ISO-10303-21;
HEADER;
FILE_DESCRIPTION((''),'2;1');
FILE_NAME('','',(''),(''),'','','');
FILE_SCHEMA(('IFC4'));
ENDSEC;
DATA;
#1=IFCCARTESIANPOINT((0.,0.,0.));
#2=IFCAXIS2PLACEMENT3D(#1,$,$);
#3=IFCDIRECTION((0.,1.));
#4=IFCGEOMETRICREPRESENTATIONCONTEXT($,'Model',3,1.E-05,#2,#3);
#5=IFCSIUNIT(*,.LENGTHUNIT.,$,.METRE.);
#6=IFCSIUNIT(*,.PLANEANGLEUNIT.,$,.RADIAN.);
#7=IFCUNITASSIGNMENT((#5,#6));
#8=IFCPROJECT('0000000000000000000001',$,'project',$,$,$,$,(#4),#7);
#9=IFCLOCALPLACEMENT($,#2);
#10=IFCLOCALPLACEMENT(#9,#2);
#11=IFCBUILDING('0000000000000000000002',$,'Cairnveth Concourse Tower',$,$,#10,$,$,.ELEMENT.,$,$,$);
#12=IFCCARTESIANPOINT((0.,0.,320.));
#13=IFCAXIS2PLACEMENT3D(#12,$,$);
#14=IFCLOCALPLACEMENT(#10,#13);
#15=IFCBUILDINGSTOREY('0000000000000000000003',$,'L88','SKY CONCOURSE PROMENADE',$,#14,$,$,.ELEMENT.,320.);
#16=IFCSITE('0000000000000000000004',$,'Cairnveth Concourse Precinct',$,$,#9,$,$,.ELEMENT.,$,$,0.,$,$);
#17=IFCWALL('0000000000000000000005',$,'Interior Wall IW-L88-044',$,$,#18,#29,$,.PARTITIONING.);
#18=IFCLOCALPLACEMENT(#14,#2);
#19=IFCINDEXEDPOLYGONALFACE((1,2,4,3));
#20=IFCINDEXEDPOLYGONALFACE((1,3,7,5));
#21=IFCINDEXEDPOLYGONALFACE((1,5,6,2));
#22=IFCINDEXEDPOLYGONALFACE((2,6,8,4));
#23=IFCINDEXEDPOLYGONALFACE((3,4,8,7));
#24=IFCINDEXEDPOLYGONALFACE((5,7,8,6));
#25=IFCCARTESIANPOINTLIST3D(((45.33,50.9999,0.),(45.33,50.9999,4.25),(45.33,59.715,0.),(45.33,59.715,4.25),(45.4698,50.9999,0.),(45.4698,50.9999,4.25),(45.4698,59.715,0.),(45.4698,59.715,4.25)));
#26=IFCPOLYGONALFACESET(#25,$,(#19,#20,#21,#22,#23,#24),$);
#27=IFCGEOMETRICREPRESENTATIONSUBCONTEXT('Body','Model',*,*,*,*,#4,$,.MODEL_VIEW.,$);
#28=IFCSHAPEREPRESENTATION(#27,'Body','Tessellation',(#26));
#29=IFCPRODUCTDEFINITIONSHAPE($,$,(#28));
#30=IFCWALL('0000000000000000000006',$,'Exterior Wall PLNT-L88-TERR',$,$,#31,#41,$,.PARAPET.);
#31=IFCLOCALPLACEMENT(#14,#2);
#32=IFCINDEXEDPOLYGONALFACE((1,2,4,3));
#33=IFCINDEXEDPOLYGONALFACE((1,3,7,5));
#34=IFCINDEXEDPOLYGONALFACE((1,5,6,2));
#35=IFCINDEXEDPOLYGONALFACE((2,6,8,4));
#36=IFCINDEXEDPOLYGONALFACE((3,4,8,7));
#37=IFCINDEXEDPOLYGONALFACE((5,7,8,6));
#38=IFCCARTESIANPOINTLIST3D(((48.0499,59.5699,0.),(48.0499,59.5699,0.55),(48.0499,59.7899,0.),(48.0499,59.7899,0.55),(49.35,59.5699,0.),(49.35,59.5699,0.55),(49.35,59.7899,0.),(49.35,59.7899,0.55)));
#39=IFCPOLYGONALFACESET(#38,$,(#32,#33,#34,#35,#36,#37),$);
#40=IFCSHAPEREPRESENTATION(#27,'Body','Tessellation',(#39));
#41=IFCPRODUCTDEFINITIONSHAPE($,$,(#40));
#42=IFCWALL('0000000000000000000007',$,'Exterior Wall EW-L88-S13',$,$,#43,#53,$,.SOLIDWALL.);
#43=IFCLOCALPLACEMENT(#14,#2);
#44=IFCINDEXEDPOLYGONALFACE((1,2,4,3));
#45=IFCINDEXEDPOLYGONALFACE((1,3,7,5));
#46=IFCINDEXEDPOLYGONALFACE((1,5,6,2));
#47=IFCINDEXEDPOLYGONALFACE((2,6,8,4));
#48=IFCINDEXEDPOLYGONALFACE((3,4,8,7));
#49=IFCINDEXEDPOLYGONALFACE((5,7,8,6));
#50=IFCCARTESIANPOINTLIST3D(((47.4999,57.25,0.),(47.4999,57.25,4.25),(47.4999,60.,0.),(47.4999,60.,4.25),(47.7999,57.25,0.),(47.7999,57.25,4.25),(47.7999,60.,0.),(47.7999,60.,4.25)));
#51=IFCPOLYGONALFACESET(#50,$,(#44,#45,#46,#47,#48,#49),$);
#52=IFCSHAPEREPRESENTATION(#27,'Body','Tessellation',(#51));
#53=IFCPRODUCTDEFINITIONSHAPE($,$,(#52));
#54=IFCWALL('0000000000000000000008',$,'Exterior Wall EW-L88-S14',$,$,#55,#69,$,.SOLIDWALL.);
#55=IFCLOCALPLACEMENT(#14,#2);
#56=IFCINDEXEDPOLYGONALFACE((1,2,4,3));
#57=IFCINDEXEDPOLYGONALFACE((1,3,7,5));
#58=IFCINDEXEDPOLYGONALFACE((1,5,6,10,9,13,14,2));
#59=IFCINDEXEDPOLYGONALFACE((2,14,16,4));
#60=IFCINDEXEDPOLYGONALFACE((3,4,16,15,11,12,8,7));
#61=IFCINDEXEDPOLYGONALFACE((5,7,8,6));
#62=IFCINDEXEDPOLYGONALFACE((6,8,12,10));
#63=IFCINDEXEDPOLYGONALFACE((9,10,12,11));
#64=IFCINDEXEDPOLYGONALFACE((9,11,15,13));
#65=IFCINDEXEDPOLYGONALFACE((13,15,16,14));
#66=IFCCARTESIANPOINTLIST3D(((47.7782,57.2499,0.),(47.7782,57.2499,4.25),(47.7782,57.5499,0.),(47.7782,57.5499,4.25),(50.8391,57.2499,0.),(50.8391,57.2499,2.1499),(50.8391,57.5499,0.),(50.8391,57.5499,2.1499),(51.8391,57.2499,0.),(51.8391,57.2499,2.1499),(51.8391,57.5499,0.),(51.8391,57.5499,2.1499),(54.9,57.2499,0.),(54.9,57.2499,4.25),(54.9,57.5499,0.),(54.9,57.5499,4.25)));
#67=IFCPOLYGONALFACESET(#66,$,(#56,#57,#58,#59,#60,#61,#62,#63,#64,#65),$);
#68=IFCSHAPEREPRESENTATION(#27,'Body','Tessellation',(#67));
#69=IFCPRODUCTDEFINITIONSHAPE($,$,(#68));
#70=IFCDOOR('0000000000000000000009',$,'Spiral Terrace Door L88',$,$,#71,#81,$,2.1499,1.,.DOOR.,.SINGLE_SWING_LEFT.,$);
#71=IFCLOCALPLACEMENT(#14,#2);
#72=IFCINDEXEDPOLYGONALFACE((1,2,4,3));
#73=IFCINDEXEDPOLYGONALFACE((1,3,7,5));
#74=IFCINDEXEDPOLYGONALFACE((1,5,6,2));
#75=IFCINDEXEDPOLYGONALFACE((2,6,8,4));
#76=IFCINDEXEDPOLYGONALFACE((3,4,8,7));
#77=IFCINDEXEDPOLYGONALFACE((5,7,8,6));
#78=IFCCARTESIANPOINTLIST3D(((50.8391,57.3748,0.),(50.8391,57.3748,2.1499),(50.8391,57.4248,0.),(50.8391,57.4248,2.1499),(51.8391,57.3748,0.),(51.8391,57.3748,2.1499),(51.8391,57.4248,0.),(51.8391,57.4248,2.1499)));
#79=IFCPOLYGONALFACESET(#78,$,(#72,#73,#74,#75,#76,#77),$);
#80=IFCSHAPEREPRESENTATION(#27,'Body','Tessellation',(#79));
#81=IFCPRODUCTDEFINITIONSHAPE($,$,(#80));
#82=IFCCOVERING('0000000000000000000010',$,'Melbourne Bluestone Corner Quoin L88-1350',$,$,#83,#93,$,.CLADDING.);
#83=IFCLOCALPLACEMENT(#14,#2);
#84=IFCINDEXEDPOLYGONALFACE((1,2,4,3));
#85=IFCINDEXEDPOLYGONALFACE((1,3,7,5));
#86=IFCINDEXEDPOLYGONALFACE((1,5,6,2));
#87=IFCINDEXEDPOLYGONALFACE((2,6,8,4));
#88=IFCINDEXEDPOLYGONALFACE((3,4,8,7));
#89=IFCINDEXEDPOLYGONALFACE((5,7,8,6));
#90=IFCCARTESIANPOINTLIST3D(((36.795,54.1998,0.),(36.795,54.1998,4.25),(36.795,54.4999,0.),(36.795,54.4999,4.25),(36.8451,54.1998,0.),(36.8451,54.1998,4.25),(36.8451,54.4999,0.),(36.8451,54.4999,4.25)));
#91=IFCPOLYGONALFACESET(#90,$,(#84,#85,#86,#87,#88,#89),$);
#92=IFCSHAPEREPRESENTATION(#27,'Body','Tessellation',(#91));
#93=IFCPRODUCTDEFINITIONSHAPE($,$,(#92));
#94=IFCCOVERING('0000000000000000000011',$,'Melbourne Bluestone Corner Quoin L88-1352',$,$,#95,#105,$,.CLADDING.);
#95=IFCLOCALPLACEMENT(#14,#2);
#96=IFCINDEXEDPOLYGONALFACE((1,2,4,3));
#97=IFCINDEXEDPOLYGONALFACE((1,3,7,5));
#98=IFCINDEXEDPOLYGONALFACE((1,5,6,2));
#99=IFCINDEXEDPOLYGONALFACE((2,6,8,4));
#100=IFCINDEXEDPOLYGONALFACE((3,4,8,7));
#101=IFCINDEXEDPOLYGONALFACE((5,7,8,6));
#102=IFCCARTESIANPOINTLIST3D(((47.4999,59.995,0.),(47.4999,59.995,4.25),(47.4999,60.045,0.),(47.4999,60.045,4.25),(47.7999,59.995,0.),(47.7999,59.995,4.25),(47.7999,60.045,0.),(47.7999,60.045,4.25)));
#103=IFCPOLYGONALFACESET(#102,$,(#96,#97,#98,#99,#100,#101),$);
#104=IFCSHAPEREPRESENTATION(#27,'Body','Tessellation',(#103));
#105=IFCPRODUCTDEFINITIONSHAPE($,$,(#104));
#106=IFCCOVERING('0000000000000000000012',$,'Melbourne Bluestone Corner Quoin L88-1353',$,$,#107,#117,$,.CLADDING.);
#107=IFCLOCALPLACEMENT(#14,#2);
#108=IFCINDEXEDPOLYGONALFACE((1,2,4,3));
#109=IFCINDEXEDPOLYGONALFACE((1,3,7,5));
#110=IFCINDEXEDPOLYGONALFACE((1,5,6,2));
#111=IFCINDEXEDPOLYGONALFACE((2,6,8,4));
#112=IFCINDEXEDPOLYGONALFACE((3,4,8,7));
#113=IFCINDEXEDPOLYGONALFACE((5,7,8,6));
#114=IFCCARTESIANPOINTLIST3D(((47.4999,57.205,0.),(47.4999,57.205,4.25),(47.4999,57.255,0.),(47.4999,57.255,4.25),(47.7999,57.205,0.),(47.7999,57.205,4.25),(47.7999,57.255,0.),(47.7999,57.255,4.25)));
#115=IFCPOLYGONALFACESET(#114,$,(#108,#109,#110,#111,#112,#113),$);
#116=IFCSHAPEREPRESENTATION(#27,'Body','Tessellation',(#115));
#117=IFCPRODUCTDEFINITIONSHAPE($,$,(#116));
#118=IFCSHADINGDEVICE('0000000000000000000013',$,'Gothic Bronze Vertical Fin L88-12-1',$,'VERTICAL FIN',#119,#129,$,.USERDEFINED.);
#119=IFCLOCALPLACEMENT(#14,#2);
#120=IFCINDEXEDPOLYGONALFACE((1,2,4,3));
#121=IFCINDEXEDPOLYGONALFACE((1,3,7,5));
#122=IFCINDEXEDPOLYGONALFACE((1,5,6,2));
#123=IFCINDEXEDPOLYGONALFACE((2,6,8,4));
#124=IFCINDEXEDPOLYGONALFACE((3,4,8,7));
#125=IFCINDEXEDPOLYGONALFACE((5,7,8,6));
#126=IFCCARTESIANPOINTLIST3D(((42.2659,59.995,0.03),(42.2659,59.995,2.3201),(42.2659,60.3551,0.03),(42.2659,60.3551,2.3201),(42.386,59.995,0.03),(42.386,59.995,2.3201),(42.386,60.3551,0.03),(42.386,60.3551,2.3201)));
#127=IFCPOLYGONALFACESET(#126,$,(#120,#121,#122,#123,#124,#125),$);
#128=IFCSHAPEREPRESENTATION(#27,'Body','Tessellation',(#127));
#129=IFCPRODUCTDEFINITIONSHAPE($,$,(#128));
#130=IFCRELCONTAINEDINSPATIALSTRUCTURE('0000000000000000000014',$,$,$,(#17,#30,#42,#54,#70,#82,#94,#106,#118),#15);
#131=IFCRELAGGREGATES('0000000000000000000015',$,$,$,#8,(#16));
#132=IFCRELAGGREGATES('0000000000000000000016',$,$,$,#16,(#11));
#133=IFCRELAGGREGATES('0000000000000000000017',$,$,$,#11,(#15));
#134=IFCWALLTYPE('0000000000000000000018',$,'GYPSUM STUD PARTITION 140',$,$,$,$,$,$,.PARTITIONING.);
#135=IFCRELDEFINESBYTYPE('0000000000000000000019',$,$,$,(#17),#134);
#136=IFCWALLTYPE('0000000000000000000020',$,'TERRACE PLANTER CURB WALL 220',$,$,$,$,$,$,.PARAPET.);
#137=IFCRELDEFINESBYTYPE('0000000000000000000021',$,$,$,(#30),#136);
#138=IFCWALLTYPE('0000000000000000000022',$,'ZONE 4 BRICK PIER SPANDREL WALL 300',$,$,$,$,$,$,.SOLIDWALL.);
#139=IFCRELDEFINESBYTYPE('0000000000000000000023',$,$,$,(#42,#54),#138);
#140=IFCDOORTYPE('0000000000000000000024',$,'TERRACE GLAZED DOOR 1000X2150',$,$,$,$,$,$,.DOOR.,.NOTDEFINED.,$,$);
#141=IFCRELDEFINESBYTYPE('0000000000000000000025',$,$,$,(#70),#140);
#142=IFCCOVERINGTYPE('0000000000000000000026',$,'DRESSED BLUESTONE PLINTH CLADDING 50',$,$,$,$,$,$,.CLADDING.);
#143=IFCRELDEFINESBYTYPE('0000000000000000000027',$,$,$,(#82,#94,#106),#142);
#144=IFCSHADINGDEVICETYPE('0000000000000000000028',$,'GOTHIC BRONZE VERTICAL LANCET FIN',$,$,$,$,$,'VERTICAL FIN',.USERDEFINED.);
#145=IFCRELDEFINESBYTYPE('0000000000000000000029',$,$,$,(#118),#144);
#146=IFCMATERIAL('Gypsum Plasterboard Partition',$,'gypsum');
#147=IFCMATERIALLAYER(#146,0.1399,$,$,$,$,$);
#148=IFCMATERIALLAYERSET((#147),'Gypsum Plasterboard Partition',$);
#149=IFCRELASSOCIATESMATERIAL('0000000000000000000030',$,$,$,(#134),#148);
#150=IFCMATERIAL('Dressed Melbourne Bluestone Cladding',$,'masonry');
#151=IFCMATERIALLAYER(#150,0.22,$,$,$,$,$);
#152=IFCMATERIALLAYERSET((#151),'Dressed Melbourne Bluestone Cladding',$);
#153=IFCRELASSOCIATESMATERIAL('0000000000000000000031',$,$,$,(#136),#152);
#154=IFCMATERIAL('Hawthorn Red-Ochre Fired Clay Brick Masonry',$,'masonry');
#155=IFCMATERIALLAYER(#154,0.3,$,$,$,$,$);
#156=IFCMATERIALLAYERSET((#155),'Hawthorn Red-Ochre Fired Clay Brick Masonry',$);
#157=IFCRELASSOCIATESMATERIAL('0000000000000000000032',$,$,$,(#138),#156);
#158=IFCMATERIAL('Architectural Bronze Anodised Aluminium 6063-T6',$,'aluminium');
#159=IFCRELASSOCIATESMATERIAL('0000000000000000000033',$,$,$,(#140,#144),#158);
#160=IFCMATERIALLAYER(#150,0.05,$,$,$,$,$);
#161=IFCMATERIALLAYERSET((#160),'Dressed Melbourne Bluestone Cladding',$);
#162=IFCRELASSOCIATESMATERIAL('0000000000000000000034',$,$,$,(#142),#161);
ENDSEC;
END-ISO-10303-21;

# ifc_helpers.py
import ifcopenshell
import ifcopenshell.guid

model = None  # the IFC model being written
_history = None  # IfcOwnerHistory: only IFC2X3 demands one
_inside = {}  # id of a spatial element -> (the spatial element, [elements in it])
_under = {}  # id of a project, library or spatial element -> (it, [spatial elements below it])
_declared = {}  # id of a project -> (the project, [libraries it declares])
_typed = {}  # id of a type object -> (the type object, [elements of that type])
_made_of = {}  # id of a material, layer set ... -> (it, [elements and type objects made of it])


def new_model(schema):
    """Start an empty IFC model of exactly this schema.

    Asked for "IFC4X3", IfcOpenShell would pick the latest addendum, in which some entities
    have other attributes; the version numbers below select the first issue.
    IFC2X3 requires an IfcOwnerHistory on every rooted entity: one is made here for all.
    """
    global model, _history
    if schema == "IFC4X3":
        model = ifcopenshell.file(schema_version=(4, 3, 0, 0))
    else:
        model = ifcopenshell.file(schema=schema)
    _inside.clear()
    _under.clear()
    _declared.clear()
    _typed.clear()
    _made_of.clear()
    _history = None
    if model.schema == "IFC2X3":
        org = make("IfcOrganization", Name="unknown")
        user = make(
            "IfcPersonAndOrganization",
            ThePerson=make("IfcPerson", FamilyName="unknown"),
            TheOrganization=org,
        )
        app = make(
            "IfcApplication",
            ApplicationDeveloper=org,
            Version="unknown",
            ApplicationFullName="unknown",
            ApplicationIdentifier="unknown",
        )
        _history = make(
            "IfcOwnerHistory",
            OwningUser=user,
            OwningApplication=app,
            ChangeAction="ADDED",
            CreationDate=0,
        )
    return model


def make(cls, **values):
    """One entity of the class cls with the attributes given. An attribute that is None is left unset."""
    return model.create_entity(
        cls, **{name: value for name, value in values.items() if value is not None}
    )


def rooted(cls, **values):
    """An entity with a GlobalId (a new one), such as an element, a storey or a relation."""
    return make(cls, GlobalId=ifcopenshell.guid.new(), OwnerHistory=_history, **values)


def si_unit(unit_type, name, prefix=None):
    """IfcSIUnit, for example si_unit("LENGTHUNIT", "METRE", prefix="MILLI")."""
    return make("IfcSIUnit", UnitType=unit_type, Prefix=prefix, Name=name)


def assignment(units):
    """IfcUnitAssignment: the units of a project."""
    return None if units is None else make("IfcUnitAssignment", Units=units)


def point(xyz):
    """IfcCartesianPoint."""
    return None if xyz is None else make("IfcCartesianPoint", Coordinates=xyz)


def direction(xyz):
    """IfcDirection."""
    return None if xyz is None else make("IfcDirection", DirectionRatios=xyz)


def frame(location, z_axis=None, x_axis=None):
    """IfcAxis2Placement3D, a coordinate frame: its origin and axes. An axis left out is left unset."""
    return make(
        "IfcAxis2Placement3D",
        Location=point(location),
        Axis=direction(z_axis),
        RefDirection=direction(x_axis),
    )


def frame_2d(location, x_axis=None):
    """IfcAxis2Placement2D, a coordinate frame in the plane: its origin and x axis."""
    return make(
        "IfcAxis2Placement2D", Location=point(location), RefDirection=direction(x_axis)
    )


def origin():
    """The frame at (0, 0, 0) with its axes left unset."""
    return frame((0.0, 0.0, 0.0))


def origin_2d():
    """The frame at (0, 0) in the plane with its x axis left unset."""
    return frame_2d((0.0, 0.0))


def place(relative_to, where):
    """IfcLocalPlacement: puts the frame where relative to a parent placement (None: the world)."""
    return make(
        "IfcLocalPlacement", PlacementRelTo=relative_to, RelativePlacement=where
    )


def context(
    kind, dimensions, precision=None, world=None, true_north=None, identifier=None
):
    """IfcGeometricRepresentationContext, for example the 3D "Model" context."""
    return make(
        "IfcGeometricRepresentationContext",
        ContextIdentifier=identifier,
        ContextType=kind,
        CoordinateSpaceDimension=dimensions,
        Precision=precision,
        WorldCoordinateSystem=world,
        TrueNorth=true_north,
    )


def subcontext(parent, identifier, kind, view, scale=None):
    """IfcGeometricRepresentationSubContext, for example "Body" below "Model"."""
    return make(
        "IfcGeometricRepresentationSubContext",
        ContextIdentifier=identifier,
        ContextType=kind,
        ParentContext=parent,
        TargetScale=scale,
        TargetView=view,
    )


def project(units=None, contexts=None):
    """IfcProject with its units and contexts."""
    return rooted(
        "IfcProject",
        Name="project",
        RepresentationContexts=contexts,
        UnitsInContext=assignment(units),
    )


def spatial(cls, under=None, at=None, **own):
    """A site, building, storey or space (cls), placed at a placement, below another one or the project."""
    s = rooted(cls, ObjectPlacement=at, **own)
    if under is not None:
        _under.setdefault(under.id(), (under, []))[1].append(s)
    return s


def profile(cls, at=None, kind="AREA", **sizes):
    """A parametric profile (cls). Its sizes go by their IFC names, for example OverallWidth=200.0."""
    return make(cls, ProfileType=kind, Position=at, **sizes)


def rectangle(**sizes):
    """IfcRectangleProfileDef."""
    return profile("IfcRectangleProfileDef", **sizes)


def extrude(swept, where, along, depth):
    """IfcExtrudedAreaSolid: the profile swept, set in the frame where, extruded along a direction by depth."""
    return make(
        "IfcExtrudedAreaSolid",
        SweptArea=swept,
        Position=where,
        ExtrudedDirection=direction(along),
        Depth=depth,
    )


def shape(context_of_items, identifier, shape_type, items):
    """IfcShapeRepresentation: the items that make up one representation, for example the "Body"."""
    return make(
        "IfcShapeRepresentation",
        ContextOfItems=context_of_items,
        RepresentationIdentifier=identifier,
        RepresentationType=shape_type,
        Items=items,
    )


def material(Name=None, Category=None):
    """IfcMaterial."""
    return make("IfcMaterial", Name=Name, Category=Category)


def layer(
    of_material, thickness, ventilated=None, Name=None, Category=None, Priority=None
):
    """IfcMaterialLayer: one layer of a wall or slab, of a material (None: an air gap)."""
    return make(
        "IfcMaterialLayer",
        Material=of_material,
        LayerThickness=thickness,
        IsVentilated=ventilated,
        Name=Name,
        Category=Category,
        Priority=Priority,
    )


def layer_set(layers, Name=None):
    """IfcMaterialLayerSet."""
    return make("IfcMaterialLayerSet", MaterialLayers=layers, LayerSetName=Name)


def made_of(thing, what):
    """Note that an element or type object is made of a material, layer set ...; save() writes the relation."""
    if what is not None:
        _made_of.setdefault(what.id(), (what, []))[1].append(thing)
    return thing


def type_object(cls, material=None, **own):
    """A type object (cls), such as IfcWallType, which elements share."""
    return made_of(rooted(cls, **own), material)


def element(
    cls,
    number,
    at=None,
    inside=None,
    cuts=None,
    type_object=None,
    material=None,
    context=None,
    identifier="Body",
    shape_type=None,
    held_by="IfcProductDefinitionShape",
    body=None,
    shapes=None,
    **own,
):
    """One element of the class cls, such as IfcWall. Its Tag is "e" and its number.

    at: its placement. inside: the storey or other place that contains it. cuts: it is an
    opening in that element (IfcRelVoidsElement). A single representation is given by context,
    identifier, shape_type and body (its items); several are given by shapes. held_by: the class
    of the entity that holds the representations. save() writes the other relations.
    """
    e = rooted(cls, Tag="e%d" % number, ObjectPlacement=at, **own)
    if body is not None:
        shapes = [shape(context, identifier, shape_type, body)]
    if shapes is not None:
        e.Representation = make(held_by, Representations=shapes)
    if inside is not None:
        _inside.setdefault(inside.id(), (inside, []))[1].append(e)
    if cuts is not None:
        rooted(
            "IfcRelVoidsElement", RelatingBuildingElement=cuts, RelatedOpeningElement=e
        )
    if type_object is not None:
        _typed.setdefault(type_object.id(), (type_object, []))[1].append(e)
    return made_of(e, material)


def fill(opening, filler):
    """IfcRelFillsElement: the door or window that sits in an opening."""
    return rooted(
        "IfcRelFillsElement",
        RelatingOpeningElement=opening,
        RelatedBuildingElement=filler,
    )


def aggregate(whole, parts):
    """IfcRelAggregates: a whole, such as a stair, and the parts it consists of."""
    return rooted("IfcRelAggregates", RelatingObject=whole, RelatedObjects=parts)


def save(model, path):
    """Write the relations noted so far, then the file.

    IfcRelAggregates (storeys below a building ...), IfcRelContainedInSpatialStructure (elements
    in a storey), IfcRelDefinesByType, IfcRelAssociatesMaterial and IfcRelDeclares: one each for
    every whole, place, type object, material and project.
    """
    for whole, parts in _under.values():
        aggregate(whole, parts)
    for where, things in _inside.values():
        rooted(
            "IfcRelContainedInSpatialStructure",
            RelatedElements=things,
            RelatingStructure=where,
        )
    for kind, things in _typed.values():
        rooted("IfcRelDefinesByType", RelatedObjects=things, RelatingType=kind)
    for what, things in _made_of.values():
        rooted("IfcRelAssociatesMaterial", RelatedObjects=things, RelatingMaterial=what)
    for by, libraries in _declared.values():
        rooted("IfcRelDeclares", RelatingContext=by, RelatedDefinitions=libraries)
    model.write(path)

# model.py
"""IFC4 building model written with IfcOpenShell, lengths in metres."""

from ifc_helpers import new_model, si_unit, direction, frame, frame_2d, origin, origin_2d, place, context, subcontext, project, spatial, rectangle, extrude, material, layer, layer_set, type_object, element, fill, save


model = new_model("IFC4")

# Units and contexts
model_context = context("Model", 3, precision=1e-05, world=origin(), true_north=direction((0.0, 1.0)))
body_context = subcontext(model_context, "Body", "Model", "MODEL_VIEW")
ifc_project = project(units=[si_unit("LENGTHUNIT", "METRE"), si_unit("PLANEANGLEUNIT", "RADIAN")], contexts=[model_context])

# Site, building, storey
site_placement = place(None, origin())
site = spatial("IfcSite", under=ifc_project, at=site_placement, Name="Cairnveth Concourse Precinct", CompositionType="ELEMENT", RefElevation=0.0)
building_placement = place(site_placement, origin())
building = spatial("IfcBuilding", under=site, at=building_placement, Name="Cairnveth Concourse Tower", CompositionType="ELEMENT")
storey_placement = place(building_placement, frame((0.0, 0.0, 320.0)))
storey = spatial("IfcBuildingStorey", under=building, at=storey_placement, Name="L88", Description="SKY CONCOURSE PROMENADE", CompositionType="ELEMENT", Elevation=320.0)

# Walls
ifc_material_1 = material(Name="Gypsum Plasterboard Partition", Category="gypsum")
ifc_layer_1 = layer(ifc_material_1, 0.1399)
ifc_layer_set_1 = layer_set([ifc_layer_1], Name="Gypsum Plasterboard Partition")
wall_type_1 = type_object("IfcWallType", Name="GYPSUM STUD PARTITION 140", PredefinedType="PARTITIONING", material=ifc_layer_set_1)
wall_1_placement = place(storey_placement, frame((45.3999, 51.0, 0.0), z_axis=(0.0, 0.0, 1.0), x_axis=(0.0, 1.0, 0.0)))
element("IfcWall", 1, at=wall_1_placement, inside=storey, type_object=wall_type_1, Name="Interior Wall IW-L88-044", PredefinedType="PARTITIONING", context=body_context, shape_type="SweptSolid", body=[
    extrude(rectangle(XDim=8.7151, YDim=0.1399, at=frame_2d((4.3574, 0.0))), origin(), (0.0, 0.0, 1.0), 4.25),
])
ifc_material_2 = material(Name="Dressed Melbourne Bluestone Cladding", Category="masonry")
ifc_layer_2 = layer(ifc_material_2, 0.22)
ifc_layer_set_2 = layer_set([ifc_layer_2], Name="Dressed Melbourne Bluestone Cladding")
wall_type_2 = type_object("IfcWallType", Name="TERRACE PLANTER CURB WALL 220", PredefinedType="PARAPET", material=ifc_layer_set_2)
wall_2_placement = place(storey_placement, frame((48.05, 59.6799, 0.0), z_axis=(0.0, 0.0, 1.0), x_axis=(1.0, 0.0, 0.0)))
element("IfcWall", 2, at=wall_2_placement, inside=storey, type_object=wall_type_2, Name="Exterior Wall PLNT-L88-TERR", PredefinedType="PARAPET", context=body_context, shape_type="SweptSolid", body=[
    extrude(rectangle(XDim=1.3, YDim=0.22, at=frame_2d((0.6499, 0.0))), origin(), (0.0, 0.0, 1.0), 0.55),
])
ifc_material_3 = material(Name="Hawthorn Red-Ochre Fired Clay Brick Masonry", Category="masonry")
ifc_layer_3 = layer(ifc_material_3, 0.3)
ifc_layer_set_3 = layer_set([ifc_layer_3], Name="Hawthorn Red-Ochre Fired Clay Brick Masonry")
wall_type_3 = type_object("IfcWallType", Name="ZONE 4 BRICK PIER SPANDREL WALL 300", PredefinedType="SOLIDWALL", material=ifc_layer_set_3)
wall_3_placement = place(storey_placement, frame((47.6499, 60.0, 0.0), z_axis=(0.0, 0.0, 1.0), x_axis=(0.0, -1.0, 0.0)))
element("IfcWall", 3, at=wall_3_placement, inside=storey, type_object=wall_type_3, Name="Exterior Wall EW-L88-S13", PredefinedType="SOLIDWALL", context=body_context, shape_type="SweptSolid", body=[
    extrude(rectangle(XDim=2.75, YDim=0.3, at=frame_2d((1.375, 0.0))), origin(), (0.0, 0.0, 1.0), 4.25),
])

# Wall, opening, door
wall_4_placement = place(storey_placement, frame((47.7781, 57.3999, 0.0), z_axis=(0.0, 0.0, 1.0), x_axis=(1.0, 0.0, 0.0)))
wall_4 = element("IfcWall", 4, at=wall_4_placement, inside=storey, type_object=wall_type_3, Name="Exterior Wall EW-L88-S14", PredefinedType="SOLIDWALL", context=body_context, shape_type="SweptSolid", body=[
    extrude(rectangle(XDim=7.1218, YDim=0.3, at=frame_2d((3.561, 0.0))), origin(), (0.0, 0.0, 1.0), 4.25),
])
opening_placement = place(wall_4_placement, frame((3.061, 0.0, 0.0)))
opening = element("IfcOpeningElement", 5, at=opening_placement, cuts=wall_4, PredefinedType="OPENING", context=body_context, shape_type="SweptSolid", body=[
    extrude(rectangle(XDim=1.0, YDim=2.1499, at=frame_2d((0.5, 1.075))), frame((0.0, 0.1599, 0.0), z_axis=(0.0, -1.0, 0.0), x_axis=(1.0, 0.0, 0.0)), (0.0, 0.0, 1.0), 0.3201),
])
ifc_material_4 = material(Name="Architectural Bronze Anodised Aluminium 6063-T6", Category="aluminium")
door_type = type_object("IfcDoorType", Name="TERRACE GLAZED DOOR 1000X2150", OperationType="NOTDEFINED", PredefinedType="DOOR", material=ifc_material_4)
door_placement = place(opening_placement, origin())
door = element("IfcDoor", 6, at=door_placement, inside=storey, type_object=door_type, Name="Spiral Terrace Door L88", OperationType="SINGLE_SWING_LEFT", OverallHeight=2.1499, OverallWidth=1.0, PredefinedType="DOOR", context=body_context, shape_type="SweptSolid", body=[
    extrude(rectangle(XDim=1.0, YDim=2.1499, at=frame_2d((0.5, 1.075))), frame((0.0, 0.0249, 0.0), z_axis=(0.0, -1.0, 0.0), x_axis=(1.0, 0.0, 0.0)), (0.0, 0.0, 1.0), 0.05),
])
fill(opening, door)

# Coverings
ifc_layer_4 = layer(ifc_material_2, 0.05)
ifc_layer_set_4 = layer_set([ifc_layer_4], Name="Dressed Melbourne Bluestone Cladding")
covering_type = type_object("IfcCoveringType", Name="DRESSED BLUESTONE PLINTH CLADDING 50", PredefinedType="CLADDING", material=ifc_layer_set_4)
for number, where, z_axis, x_axis, name in (
    (7, (36.8201, 54.2, 0.0), (0.0, 0.0, 1.0), (0.0, 1.0, 0.0), "Melbourne Bluestone Corner Quoin L88-1350"),
    (8, (47.5, 60.02, 0.0), (0.0, 0.0, 1.0), (1.0, 0.0, 0.0), "Melbourne Bluestone Corner Quoin L88-1352"),
    (9, (47.5, 57.23, 0.0), (0.0, 0.0, 1.0), (1.0, 0.0, 0.0), "Melbourne Bluestone Corner Quoin L88-1353"),
):
    element("IfcCovering", number, at=place(storey_placement, frame(where, z_axis=z_axis, x_axis=x_axis)), inside=storey, type_object=covering_type, Name=name, PredefinedType="CLADDING", context=body_context, shape_type="SweptSolid", body=[
        extrude(rectangle(XDim=0.3, YDim=0.05, at=frame_2d((0.1499, 0.0))), origin(), (0.0, 0.0, 1.0), 4.25),
    ])

# Shading device
shading_device_type = type_object("IfcShadingDeviceType", Name="GOTHIC BRONZE VERTICAL LANCET FIN", ElementType="VERTICAL FIN", PredefinedType="USERDEFINED", material=ifc_material_4)
shading_device_placement = place(storey_placement, frame((42.3259, 60.175, 0.03), z_axis=(0.0, 0.0, 1.0), x_axis=(1.0, 0.0, 0.0)))
element("IfcShadingDevice", 10, at=shading_device_placement, inside=storey, type_object=shading_device_type, Name="Gothic Bronze Vertical Fin L88-12-1", ObjectType="VERTICAL FIN", PredefinedType="USERDEFINED", context=body_context, shape_type="SweptSolid", body=[
    extrude(rectangle(XDim=0.1201, YDim=0.3601, at=origin_2d()), origin(), (0.0, 0.0, 1.0), 2.29),
])

save(model, "model.ifc")
